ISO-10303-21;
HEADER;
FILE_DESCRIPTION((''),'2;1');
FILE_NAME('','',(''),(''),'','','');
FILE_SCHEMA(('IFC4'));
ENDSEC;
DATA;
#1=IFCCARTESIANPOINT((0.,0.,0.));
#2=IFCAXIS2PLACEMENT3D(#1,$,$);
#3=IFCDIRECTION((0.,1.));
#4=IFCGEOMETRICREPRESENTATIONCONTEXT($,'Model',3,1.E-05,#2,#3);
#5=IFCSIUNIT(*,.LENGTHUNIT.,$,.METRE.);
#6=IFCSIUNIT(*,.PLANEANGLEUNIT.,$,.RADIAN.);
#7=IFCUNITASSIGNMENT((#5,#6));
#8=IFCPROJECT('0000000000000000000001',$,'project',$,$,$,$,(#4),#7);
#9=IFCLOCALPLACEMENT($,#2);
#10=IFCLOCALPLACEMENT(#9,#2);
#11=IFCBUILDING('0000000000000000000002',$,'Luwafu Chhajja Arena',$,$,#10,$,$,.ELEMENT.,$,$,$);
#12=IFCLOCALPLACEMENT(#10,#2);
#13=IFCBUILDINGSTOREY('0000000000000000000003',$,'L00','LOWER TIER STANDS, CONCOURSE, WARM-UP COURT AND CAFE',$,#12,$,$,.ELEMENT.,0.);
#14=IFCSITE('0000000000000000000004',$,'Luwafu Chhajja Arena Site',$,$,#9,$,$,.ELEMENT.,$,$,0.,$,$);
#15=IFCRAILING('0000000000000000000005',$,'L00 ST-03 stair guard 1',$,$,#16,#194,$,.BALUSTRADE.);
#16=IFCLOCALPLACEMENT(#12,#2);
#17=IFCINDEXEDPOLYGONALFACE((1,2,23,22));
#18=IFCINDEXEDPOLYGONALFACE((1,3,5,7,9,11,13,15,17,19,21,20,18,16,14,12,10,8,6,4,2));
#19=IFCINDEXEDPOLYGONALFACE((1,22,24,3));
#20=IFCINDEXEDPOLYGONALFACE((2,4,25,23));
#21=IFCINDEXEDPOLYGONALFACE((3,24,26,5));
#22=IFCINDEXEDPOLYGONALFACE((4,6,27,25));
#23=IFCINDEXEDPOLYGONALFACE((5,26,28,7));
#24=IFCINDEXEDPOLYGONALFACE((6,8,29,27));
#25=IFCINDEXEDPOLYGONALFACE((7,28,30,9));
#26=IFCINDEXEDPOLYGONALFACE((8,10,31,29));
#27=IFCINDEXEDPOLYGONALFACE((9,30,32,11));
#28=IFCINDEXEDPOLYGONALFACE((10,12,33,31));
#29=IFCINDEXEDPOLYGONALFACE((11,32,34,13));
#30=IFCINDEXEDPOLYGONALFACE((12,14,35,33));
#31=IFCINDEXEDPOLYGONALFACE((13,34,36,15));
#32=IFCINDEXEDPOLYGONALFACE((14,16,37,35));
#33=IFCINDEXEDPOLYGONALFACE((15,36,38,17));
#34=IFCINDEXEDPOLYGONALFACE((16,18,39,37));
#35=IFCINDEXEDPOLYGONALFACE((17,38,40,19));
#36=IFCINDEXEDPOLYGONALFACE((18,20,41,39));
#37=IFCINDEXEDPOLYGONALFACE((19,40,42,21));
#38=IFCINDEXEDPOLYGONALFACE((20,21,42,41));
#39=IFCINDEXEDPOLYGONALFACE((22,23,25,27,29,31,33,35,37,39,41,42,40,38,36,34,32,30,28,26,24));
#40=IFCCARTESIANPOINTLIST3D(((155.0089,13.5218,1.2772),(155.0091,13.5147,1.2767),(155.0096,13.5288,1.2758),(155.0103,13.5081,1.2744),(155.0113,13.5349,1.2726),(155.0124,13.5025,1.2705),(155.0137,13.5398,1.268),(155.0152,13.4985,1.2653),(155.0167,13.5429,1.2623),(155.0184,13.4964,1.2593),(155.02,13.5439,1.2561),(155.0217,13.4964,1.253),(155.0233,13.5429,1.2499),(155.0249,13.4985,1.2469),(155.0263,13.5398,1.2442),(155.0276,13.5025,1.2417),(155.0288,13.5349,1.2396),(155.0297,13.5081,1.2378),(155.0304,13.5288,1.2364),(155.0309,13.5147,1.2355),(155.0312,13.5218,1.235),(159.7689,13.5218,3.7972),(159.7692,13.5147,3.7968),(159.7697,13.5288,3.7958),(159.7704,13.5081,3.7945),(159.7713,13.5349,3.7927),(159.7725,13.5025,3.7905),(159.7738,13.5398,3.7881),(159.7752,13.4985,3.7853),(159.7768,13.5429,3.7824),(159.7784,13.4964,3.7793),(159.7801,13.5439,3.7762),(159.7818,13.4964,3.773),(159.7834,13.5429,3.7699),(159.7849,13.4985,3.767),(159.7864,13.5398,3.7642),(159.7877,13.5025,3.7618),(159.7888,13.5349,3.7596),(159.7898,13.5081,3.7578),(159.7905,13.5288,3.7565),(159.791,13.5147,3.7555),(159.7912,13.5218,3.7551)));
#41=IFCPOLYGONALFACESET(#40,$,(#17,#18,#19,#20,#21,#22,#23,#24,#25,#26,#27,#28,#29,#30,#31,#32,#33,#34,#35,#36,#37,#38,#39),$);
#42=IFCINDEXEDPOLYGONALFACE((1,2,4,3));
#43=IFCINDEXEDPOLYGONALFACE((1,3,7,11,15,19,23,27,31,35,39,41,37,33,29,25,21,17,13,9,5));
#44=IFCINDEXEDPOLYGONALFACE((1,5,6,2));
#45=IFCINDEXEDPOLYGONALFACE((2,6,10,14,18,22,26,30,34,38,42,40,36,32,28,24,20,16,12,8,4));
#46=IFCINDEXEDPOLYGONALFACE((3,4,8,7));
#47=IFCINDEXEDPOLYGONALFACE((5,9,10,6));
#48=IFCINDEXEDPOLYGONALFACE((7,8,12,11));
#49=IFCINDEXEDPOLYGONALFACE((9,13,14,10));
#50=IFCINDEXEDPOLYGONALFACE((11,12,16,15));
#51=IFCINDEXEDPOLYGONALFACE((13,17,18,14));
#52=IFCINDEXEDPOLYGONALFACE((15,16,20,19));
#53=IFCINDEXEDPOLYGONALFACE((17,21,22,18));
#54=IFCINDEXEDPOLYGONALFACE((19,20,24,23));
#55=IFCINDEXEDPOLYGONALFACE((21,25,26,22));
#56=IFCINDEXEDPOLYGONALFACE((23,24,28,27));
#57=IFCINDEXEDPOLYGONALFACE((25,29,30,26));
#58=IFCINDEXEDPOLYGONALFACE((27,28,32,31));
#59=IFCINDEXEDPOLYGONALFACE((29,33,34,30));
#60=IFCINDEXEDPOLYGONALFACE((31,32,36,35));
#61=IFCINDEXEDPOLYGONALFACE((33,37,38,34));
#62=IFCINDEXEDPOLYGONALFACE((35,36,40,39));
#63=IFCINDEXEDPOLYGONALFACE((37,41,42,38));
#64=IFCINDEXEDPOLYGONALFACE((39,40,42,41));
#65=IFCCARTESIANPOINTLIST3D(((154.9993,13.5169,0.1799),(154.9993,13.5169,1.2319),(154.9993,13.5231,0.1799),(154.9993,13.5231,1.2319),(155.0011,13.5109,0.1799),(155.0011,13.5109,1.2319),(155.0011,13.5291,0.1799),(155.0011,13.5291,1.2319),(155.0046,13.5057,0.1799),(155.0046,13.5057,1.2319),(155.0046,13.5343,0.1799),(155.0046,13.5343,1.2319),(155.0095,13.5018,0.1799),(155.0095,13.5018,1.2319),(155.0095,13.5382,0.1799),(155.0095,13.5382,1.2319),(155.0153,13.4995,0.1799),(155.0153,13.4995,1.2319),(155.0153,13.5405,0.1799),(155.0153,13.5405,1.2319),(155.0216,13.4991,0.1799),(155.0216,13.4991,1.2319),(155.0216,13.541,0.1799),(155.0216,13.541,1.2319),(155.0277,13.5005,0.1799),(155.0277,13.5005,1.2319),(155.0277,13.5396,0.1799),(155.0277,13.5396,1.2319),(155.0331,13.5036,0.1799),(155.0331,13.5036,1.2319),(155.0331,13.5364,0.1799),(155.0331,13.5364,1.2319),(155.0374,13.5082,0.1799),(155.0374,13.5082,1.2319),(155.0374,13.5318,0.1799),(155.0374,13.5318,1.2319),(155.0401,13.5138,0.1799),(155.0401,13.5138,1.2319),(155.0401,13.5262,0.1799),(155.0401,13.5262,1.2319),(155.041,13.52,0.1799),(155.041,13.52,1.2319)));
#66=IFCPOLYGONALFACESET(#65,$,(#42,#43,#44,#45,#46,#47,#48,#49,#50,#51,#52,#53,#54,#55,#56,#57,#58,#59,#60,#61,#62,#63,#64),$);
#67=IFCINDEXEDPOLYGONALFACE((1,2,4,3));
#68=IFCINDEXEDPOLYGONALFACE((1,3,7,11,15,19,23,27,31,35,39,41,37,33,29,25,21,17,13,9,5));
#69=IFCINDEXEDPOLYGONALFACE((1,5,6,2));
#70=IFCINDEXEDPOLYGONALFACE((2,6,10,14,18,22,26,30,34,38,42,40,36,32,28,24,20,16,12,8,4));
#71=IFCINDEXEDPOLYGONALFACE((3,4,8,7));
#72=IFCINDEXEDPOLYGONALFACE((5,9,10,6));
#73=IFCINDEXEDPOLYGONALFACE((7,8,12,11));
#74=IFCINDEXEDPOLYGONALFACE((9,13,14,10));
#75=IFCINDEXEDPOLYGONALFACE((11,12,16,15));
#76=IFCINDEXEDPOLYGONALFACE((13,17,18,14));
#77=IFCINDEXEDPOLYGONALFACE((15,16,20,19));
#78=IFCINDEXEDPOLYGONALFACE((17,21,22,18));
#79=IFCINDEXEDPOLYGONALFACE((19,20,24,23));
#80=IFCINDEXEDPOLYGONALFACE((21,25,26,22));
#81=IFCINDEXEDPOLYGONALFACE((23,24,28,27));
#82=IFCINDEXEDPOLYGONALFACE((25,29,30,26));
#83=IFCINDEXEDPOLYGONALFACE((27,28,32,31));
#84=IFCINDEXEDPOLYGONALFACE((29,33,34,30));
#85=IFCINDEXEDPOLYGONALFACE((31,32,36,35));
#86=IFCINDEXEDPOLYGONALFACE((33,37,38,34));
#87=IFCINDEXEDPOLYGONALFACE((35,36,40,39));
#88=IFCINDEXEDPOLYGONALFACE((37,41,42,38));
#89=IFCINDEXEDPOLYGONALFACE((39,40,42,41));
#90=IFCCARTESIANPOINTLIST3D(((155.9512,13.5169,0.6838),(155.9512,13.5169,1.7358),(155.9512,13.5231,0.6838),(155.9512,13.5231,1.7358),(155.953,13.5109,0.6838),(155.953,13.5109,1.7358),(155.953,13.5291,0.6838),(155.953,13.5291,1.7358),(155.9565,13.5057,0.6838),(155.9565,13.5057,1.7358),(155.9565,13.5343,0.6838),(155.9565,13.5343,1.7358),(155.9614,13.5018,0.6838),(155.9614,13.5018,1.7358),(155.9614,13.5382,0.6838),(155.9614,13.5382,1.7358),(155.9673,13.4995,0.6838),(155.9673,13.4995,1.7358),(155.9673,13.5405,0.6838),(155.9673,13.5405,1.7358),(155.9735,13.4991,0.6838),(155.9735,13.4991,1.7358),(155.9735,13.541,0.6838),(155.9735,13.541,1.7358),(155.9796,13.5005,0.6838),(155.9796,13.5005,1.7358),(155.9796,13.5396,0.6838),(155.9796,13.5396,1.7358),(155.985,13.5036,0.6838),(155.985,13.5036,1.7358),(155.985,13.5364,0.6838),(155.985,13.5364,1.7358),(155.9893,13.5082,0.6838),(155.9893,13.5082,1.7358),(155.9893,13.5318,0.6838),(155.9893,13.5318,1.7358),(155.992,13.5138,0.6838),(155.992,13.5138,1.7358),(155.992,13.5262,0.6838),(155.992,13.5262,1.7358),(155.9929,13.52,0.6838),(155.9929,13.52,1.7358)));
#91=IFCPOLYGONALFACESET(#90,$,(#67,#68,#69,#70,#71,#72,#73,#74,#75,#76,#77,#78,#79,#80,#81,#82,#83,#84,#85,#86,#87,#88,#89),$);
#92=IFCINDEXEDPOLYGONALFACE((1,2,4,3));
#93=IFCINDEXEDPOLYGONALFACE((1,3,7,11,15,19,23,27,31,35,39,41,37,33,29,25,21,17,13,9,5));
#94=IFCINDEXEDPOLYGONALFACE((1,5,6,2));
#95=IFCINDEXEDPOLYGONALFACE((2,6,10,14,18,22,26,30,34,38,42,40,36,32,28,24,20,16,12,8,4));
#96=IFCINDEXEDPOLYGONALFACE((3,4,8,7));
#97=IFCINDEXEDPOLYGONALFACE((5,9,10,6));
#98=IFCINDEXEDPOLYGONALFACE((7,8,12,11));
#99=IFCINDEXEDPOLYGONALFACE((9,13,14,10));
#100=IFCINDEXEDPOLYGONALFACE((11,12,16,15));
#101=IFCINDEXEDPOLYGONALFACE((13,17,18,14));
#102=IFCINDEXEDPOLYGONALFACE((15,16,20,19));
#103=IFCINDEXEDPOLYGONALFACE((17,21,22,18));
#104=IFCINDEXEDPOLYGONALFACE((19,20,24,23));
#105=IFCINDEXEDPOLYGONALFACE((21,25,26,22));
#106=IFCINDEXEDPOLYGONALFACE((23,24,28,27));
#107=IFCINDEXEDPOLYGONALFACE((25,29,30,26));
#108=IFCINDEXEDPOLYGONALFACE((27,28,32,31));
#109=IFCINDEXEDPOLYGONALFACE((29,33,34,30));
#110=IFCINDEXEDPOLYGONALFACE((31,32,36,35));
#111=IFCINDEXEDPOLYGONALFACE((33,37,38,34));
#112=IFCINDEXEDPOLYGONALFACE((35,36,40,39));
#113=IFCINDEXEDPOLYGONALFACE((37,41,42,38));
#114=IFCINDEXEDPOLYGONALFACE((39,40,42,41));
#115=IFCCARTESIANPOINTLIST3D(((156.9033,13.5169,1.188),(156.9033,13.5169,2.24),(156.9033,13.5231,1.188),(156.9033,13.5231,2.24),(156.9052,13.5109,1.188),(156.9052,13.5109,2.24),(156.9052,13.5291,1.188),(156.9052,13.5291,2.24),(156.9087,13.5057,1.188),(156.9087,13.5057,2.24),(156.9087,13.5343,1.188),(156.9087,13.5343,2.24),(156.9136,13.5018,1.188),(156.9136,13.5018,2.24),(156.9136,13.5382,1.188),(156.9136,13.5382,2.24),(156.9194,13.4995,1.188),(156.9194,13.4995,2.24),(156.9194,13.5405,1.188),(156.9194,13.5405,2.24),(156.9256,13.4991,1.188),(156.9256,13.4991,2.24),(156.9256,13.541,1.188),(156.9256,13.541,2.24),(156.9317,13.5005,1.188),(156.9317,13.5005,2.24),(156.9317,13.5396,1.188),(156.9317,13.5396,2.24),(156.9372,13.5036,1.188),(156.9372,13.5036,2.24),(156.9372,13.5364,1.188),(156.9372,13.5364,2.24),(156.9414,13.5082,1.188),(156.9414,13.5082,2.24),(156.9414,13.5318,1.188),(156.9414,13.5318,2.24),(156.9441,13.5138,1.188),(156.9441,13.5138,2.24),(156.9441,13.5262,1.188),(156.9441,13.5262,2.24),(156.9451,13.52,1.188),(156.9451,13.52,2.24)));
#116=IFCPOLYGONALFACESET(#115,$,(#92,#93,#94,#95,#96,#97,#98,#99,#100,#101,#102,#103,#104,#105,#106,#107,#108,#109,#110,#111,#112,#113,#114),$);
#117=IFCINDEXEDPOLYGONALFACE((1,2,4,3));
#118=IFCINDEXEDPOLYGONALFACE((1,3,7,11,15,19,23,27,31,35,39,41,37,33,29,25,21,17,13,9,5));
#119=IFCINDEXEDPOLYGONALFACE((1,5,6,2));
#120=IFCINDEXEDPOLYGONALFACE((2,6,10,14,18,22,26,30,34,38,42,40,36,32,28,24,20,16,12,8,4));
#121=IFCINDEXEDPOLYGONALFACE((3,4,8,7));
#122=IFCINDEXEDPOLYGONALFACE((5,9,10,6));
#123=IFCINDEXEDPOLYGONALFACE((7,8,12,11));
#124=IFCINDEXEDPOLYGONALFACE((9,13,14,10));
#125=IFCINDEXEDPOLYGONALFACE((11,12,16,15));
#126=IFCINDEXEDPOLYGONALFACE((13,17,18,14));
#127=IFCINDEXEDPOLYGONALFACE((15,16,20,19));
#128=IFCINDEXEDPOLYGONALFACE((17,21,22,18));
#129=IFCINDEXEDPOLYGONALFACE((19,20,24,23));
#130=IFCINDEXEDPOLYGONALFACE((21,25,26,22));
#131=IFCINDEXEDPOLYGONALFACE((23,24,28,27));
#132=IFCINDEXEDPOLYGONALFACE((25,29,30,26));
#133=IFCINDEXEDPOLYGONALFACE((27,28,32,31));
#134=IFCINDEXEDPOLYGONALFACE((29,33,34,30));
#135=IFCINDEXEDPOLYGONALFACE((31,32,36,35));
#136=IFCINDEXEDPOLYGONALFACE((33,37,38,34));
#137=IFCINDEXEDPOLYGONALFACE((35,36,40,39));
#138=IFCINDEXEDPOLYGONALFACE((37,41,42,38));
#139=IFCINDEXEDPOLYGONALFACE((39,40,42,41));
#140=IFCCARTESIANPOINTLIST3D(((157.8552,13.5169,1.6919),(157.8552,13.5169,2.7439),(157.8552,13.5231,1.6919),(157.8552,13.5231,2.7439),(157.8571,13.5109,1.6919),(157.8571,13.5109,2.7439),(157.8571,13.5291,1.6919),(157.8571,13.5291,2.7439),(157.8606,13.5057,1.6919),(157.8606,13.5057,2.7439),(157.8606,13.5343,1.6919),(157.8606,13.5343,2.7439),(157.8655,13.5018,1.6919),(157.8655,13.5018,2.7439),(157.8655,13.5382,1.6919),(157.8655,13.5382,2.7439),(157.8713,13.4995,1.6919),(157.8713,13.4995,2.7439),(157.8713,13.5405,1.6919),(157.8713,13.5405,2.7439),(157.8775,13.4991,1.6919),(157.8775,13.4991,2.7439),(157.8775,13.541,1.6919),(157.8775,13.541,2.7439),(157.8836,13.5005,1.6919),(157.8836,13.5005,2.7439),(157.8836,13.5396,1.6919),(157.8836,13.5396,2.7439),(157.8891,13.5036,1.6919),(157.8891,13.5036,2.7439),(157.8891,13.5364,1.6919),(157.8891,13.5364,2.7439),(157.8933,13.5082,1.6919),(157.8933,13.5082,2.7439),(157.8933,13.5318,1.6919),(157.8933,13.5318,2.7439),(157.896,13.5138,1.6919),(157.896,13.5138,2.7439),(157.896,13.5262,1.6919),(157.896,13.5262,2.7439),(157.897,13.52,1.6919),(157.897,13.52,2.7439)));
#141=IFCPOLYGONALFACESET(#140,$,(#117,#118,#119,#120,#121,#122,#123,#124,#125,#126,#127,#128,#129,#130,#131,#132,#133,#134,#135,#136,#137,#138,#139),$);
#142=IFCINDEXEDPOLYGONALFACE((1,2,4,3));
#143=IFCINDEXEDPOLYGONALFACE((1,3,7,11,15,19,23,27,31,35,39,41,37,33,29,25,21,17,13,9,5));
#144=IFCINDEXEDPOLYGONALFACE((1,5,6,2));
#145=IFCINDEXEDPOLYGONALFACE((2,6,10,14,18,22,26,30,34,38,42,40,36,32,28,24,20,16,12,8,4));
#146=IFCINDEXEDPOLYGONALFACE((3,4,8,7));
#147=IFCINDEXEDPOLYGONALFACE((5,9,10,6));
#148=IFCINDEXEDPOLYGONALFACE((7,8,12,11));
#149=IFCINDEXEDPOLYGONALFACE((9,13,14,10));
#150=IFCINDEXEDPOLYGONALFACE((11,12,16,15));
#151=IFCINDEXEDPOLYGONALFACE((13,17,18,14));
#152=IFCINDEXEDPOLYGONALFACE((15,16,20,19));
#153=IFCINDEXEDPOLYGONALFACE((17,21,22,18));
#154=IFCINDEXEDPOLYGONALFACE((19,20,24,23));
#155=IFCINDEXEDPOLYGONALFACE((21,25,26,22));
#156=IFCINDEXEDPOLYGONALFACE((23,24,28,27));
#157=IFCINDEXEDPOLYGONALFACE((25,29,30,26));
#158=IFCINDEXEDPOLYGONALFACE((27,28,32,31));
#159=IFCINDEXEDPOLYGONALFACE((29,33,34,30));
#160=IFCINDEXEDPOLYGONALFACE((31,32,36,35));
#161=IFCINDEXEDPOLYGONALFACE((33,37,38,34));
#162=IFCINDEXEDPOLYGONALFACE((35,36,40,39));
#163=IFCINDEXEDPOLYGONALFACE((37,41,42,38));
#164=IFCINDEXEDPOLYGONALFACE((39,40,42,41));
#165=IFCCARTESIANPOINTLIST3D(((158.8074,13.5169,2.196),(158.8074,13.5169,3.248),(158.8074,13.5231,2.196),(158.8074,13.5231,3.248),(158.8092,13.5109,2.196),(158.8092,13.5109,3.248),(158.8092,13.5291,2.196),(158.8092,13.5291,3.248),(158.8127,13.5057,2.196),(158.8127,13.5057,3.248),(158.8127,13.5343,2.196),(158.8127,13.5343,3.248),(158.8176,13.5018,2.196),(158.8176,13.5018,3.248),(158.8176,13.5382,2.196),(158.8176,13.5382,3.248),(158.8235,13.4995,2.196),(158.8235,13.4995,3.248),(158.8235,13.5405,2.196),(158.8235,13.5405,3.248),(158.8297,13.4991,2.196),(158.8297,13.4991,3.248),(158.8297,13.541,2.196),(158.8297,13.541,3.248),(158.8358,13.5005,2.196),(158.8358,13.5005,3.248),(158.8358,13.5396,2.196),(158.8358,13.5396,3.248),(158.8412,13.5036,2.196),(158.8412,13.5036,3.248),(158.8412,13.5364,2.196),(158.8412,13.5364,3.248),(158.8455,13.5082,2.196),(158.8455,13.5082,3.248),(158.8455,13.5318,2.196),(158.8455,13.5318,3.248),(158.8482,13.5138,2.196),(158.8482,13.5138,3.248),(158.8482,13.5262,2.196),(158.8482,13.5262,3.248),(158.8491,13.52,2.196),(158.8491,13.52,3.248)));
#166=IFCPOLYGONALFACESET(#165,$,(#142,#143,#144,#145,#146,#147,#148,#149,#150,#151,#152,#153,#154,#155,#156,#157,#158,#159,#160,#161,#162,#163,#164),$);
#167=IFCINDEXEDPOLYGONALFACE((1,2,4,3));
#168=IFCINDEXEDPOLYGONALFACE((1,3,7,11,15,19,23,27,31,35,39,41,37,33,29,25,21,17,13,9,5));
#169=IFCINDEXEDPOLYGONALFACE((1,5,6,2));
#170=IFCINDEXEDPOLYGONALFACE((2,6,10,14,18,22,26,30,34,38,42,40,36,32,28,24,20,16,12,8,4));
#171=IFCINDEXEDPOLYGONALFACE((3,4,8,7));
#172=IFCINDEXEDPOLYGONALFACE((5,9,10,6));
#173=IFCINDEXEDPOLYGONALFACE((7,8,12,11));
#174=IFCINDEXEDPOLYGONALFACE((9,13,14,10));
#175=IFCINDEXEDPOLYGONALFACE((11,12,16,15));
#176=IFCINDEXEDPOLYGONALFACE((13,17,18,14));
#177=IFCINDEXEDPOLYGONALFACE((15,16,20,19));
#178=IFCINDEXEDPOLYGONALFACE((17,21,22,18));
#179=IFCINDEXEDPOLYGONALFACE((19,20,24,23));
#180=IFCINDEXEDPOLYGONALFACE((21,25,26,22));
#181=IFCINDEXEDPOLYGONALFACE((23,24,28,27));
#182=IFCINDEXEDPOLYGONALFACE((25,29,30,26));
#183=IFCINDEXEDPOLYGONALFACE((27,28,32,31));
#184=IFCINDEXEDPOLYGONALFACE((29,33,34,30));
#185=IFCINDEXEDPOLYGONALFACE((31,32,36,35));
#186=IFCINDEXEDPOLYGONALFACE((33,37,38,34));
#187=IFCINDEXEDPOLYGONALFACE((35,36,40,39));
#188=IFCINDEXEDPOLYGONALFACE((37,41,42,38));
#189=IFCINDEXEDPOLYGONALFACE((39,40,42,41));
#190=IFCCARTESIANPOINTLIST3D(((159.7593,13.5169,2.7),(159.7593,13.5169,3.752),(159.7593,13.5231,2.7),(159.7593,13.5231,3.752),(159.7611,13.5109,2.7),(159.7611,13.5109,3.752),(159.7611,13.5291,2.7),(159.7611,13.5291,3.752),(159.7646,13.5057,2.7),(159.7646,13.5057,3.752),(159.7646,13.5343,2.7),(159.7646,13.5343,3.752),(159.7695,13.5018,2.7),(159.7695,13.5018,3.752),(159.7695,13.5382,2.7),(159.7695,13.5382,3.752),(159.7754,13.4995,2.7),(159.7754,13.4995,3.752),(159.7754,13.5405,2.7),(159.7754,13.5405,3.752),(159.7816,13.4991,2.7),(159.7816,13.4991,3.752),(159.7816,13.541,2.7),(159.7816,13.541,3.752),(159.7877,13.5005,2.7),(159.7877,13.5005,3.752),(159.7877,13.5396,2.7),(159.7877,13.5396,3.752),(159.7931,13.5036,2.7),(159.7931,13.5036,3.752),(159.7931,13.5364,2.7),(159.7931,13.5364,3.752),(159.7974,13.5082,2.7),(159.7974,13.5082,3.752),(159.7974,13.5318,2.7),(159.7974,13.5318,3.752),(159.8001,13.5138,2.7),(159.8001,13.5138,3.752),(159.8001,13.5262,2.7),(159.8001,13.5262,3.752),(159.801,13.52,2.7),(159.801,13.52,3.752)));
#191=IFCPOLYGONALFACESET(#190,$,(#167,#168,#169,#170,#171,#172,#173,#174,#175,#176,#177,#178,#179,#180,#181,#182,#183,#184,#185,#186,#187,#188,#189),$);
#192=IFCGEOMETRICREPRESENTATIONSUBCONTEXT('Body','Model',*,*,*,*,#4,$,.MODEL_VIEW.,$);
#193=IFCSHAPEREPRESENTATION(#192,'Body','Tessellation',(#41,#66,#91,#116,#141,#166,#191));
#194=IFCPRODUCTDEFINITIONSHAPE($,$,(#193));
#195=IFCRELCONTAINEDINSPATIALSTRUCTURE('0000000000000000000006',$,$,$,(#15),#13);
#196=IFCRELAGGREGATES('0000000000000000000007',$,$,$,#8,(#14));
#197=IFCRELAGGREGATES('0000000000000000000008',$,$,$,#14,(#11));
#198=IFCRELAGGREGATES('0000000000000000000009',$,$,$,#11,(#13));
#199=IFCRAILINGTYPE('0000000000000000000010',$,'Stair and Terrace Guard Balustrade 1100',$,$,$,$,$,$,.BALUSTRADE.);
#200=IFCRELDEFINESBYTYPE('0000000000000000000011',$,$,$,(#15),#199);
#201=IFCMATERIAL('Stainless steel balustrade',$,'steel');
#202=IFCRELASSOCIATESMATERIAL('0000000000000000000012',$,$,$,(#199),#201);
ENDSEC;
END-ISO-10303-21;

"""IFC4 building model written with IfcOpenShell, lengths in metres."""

from ifc_helpers import new_model, si_unit, direction, frame, origin, origin_2d, place, context, subcontext, project, spatial, circle, extrude, material, type_object, element, save


model = new_model("IFC4")

# Units and contexts
model_context = context("Model", 3, precision=1e-05, world=origin(), true_north=direction((0.0, 1.0)))
body_context = subcontext(model_context, "Body", "Model", "MODEL_VIEW")
ifc_project = project(units=[si_unit("LENGTHUNIT", "METRE"), si_unit("PLANEANGLEUNIT", "RADIAN")], contexts=[model_context])

# Site, building, storey
site_placement = place(None, origin())
site = spatial("IfcSite", under=ifc_project, at=site_placement, Name="Luwafu Chhajja Arena Site", CompositionType="ELEMENT", RefElevation=0.0)
building_placement = place(site_placement, origin())
building = spatial("IfcBuilding", under=site, at=building_placement, Name="Luwafu Chhajja Arena", CompositionType="ELEMENT")
storey_placement = place(building_placement, origin())
storey = spatial("IfcBuildingStorey", under=building, at=storey_placement, Name="L00", Description="LOWER TIER STANDS, CONCOURSE, WARM-UP COURT AND CAFE", CompositionType="ELEMENT", Elevation=0.0)

# Railing
ifc_material_1 = material(Name="Stainless steel balustrade", Category="steel")
railing_type_1 = type_object("IfcRailingType", Name="Stair and Terrace Guard Balustrade 1100", PredefinedType="BALUSTRADE", material=ifc_material_1)
railing_1_placement = place(storey_placement, frame((155.02, 13.52, 0.1799)))
element("IfcRailing", 1, at=railing_1_placement, inside=storey, type_object=railing_type_1, Name="L00 ST-03 stair guard 1", PredefinedType="BALUSTRADE", context=body_context, shape_type="SweptSolid", body=[
    extrude(circle(Radius=0.0239, at=origin_2d()), frame((0.0, 0.0, 1.0762), z_axis=(0.883787, 0.0, 0.46789), x_axis=(0.0, 1.0, 0.0)), (0.0, 0.0, 1.0), 5.386),
    extrude(circle(Radius=0.021, at=origin_2d()), origin(), (0.0, 0.0, 1.0), 1.052),
    extrude(circle(Radius=0.021, at=origin_2d()), frame((0.9519, 0.0, 0.5039)), (0.0, 0.0, 1.0), 1.052),
    extrude(circle(Radius=0.021, at=origin_2d()), frame((1.9041, 0.0, 1.0081)), (0.0, 0.0, 1.0), 1.052),
    extrude(circle(Radius=0.021, at=origin_2d()), frame((2.856, 0.0, 1.512)), (0.0, 0.0, 1.0), 1.052),
    extrude(circle(Radius=0.021, at=origin_2d()), frame((3.8081, 0.0, 2.0161)), (0.0, 0.0, 1.0), 1.052),
    extrude(circle(Radius=0.021, at=origin_2d()), frame((4.76, 0.0, 2.52)), (0.0, 0.0, 1.0), 1.052),
])

save(model, "model.ifc")
